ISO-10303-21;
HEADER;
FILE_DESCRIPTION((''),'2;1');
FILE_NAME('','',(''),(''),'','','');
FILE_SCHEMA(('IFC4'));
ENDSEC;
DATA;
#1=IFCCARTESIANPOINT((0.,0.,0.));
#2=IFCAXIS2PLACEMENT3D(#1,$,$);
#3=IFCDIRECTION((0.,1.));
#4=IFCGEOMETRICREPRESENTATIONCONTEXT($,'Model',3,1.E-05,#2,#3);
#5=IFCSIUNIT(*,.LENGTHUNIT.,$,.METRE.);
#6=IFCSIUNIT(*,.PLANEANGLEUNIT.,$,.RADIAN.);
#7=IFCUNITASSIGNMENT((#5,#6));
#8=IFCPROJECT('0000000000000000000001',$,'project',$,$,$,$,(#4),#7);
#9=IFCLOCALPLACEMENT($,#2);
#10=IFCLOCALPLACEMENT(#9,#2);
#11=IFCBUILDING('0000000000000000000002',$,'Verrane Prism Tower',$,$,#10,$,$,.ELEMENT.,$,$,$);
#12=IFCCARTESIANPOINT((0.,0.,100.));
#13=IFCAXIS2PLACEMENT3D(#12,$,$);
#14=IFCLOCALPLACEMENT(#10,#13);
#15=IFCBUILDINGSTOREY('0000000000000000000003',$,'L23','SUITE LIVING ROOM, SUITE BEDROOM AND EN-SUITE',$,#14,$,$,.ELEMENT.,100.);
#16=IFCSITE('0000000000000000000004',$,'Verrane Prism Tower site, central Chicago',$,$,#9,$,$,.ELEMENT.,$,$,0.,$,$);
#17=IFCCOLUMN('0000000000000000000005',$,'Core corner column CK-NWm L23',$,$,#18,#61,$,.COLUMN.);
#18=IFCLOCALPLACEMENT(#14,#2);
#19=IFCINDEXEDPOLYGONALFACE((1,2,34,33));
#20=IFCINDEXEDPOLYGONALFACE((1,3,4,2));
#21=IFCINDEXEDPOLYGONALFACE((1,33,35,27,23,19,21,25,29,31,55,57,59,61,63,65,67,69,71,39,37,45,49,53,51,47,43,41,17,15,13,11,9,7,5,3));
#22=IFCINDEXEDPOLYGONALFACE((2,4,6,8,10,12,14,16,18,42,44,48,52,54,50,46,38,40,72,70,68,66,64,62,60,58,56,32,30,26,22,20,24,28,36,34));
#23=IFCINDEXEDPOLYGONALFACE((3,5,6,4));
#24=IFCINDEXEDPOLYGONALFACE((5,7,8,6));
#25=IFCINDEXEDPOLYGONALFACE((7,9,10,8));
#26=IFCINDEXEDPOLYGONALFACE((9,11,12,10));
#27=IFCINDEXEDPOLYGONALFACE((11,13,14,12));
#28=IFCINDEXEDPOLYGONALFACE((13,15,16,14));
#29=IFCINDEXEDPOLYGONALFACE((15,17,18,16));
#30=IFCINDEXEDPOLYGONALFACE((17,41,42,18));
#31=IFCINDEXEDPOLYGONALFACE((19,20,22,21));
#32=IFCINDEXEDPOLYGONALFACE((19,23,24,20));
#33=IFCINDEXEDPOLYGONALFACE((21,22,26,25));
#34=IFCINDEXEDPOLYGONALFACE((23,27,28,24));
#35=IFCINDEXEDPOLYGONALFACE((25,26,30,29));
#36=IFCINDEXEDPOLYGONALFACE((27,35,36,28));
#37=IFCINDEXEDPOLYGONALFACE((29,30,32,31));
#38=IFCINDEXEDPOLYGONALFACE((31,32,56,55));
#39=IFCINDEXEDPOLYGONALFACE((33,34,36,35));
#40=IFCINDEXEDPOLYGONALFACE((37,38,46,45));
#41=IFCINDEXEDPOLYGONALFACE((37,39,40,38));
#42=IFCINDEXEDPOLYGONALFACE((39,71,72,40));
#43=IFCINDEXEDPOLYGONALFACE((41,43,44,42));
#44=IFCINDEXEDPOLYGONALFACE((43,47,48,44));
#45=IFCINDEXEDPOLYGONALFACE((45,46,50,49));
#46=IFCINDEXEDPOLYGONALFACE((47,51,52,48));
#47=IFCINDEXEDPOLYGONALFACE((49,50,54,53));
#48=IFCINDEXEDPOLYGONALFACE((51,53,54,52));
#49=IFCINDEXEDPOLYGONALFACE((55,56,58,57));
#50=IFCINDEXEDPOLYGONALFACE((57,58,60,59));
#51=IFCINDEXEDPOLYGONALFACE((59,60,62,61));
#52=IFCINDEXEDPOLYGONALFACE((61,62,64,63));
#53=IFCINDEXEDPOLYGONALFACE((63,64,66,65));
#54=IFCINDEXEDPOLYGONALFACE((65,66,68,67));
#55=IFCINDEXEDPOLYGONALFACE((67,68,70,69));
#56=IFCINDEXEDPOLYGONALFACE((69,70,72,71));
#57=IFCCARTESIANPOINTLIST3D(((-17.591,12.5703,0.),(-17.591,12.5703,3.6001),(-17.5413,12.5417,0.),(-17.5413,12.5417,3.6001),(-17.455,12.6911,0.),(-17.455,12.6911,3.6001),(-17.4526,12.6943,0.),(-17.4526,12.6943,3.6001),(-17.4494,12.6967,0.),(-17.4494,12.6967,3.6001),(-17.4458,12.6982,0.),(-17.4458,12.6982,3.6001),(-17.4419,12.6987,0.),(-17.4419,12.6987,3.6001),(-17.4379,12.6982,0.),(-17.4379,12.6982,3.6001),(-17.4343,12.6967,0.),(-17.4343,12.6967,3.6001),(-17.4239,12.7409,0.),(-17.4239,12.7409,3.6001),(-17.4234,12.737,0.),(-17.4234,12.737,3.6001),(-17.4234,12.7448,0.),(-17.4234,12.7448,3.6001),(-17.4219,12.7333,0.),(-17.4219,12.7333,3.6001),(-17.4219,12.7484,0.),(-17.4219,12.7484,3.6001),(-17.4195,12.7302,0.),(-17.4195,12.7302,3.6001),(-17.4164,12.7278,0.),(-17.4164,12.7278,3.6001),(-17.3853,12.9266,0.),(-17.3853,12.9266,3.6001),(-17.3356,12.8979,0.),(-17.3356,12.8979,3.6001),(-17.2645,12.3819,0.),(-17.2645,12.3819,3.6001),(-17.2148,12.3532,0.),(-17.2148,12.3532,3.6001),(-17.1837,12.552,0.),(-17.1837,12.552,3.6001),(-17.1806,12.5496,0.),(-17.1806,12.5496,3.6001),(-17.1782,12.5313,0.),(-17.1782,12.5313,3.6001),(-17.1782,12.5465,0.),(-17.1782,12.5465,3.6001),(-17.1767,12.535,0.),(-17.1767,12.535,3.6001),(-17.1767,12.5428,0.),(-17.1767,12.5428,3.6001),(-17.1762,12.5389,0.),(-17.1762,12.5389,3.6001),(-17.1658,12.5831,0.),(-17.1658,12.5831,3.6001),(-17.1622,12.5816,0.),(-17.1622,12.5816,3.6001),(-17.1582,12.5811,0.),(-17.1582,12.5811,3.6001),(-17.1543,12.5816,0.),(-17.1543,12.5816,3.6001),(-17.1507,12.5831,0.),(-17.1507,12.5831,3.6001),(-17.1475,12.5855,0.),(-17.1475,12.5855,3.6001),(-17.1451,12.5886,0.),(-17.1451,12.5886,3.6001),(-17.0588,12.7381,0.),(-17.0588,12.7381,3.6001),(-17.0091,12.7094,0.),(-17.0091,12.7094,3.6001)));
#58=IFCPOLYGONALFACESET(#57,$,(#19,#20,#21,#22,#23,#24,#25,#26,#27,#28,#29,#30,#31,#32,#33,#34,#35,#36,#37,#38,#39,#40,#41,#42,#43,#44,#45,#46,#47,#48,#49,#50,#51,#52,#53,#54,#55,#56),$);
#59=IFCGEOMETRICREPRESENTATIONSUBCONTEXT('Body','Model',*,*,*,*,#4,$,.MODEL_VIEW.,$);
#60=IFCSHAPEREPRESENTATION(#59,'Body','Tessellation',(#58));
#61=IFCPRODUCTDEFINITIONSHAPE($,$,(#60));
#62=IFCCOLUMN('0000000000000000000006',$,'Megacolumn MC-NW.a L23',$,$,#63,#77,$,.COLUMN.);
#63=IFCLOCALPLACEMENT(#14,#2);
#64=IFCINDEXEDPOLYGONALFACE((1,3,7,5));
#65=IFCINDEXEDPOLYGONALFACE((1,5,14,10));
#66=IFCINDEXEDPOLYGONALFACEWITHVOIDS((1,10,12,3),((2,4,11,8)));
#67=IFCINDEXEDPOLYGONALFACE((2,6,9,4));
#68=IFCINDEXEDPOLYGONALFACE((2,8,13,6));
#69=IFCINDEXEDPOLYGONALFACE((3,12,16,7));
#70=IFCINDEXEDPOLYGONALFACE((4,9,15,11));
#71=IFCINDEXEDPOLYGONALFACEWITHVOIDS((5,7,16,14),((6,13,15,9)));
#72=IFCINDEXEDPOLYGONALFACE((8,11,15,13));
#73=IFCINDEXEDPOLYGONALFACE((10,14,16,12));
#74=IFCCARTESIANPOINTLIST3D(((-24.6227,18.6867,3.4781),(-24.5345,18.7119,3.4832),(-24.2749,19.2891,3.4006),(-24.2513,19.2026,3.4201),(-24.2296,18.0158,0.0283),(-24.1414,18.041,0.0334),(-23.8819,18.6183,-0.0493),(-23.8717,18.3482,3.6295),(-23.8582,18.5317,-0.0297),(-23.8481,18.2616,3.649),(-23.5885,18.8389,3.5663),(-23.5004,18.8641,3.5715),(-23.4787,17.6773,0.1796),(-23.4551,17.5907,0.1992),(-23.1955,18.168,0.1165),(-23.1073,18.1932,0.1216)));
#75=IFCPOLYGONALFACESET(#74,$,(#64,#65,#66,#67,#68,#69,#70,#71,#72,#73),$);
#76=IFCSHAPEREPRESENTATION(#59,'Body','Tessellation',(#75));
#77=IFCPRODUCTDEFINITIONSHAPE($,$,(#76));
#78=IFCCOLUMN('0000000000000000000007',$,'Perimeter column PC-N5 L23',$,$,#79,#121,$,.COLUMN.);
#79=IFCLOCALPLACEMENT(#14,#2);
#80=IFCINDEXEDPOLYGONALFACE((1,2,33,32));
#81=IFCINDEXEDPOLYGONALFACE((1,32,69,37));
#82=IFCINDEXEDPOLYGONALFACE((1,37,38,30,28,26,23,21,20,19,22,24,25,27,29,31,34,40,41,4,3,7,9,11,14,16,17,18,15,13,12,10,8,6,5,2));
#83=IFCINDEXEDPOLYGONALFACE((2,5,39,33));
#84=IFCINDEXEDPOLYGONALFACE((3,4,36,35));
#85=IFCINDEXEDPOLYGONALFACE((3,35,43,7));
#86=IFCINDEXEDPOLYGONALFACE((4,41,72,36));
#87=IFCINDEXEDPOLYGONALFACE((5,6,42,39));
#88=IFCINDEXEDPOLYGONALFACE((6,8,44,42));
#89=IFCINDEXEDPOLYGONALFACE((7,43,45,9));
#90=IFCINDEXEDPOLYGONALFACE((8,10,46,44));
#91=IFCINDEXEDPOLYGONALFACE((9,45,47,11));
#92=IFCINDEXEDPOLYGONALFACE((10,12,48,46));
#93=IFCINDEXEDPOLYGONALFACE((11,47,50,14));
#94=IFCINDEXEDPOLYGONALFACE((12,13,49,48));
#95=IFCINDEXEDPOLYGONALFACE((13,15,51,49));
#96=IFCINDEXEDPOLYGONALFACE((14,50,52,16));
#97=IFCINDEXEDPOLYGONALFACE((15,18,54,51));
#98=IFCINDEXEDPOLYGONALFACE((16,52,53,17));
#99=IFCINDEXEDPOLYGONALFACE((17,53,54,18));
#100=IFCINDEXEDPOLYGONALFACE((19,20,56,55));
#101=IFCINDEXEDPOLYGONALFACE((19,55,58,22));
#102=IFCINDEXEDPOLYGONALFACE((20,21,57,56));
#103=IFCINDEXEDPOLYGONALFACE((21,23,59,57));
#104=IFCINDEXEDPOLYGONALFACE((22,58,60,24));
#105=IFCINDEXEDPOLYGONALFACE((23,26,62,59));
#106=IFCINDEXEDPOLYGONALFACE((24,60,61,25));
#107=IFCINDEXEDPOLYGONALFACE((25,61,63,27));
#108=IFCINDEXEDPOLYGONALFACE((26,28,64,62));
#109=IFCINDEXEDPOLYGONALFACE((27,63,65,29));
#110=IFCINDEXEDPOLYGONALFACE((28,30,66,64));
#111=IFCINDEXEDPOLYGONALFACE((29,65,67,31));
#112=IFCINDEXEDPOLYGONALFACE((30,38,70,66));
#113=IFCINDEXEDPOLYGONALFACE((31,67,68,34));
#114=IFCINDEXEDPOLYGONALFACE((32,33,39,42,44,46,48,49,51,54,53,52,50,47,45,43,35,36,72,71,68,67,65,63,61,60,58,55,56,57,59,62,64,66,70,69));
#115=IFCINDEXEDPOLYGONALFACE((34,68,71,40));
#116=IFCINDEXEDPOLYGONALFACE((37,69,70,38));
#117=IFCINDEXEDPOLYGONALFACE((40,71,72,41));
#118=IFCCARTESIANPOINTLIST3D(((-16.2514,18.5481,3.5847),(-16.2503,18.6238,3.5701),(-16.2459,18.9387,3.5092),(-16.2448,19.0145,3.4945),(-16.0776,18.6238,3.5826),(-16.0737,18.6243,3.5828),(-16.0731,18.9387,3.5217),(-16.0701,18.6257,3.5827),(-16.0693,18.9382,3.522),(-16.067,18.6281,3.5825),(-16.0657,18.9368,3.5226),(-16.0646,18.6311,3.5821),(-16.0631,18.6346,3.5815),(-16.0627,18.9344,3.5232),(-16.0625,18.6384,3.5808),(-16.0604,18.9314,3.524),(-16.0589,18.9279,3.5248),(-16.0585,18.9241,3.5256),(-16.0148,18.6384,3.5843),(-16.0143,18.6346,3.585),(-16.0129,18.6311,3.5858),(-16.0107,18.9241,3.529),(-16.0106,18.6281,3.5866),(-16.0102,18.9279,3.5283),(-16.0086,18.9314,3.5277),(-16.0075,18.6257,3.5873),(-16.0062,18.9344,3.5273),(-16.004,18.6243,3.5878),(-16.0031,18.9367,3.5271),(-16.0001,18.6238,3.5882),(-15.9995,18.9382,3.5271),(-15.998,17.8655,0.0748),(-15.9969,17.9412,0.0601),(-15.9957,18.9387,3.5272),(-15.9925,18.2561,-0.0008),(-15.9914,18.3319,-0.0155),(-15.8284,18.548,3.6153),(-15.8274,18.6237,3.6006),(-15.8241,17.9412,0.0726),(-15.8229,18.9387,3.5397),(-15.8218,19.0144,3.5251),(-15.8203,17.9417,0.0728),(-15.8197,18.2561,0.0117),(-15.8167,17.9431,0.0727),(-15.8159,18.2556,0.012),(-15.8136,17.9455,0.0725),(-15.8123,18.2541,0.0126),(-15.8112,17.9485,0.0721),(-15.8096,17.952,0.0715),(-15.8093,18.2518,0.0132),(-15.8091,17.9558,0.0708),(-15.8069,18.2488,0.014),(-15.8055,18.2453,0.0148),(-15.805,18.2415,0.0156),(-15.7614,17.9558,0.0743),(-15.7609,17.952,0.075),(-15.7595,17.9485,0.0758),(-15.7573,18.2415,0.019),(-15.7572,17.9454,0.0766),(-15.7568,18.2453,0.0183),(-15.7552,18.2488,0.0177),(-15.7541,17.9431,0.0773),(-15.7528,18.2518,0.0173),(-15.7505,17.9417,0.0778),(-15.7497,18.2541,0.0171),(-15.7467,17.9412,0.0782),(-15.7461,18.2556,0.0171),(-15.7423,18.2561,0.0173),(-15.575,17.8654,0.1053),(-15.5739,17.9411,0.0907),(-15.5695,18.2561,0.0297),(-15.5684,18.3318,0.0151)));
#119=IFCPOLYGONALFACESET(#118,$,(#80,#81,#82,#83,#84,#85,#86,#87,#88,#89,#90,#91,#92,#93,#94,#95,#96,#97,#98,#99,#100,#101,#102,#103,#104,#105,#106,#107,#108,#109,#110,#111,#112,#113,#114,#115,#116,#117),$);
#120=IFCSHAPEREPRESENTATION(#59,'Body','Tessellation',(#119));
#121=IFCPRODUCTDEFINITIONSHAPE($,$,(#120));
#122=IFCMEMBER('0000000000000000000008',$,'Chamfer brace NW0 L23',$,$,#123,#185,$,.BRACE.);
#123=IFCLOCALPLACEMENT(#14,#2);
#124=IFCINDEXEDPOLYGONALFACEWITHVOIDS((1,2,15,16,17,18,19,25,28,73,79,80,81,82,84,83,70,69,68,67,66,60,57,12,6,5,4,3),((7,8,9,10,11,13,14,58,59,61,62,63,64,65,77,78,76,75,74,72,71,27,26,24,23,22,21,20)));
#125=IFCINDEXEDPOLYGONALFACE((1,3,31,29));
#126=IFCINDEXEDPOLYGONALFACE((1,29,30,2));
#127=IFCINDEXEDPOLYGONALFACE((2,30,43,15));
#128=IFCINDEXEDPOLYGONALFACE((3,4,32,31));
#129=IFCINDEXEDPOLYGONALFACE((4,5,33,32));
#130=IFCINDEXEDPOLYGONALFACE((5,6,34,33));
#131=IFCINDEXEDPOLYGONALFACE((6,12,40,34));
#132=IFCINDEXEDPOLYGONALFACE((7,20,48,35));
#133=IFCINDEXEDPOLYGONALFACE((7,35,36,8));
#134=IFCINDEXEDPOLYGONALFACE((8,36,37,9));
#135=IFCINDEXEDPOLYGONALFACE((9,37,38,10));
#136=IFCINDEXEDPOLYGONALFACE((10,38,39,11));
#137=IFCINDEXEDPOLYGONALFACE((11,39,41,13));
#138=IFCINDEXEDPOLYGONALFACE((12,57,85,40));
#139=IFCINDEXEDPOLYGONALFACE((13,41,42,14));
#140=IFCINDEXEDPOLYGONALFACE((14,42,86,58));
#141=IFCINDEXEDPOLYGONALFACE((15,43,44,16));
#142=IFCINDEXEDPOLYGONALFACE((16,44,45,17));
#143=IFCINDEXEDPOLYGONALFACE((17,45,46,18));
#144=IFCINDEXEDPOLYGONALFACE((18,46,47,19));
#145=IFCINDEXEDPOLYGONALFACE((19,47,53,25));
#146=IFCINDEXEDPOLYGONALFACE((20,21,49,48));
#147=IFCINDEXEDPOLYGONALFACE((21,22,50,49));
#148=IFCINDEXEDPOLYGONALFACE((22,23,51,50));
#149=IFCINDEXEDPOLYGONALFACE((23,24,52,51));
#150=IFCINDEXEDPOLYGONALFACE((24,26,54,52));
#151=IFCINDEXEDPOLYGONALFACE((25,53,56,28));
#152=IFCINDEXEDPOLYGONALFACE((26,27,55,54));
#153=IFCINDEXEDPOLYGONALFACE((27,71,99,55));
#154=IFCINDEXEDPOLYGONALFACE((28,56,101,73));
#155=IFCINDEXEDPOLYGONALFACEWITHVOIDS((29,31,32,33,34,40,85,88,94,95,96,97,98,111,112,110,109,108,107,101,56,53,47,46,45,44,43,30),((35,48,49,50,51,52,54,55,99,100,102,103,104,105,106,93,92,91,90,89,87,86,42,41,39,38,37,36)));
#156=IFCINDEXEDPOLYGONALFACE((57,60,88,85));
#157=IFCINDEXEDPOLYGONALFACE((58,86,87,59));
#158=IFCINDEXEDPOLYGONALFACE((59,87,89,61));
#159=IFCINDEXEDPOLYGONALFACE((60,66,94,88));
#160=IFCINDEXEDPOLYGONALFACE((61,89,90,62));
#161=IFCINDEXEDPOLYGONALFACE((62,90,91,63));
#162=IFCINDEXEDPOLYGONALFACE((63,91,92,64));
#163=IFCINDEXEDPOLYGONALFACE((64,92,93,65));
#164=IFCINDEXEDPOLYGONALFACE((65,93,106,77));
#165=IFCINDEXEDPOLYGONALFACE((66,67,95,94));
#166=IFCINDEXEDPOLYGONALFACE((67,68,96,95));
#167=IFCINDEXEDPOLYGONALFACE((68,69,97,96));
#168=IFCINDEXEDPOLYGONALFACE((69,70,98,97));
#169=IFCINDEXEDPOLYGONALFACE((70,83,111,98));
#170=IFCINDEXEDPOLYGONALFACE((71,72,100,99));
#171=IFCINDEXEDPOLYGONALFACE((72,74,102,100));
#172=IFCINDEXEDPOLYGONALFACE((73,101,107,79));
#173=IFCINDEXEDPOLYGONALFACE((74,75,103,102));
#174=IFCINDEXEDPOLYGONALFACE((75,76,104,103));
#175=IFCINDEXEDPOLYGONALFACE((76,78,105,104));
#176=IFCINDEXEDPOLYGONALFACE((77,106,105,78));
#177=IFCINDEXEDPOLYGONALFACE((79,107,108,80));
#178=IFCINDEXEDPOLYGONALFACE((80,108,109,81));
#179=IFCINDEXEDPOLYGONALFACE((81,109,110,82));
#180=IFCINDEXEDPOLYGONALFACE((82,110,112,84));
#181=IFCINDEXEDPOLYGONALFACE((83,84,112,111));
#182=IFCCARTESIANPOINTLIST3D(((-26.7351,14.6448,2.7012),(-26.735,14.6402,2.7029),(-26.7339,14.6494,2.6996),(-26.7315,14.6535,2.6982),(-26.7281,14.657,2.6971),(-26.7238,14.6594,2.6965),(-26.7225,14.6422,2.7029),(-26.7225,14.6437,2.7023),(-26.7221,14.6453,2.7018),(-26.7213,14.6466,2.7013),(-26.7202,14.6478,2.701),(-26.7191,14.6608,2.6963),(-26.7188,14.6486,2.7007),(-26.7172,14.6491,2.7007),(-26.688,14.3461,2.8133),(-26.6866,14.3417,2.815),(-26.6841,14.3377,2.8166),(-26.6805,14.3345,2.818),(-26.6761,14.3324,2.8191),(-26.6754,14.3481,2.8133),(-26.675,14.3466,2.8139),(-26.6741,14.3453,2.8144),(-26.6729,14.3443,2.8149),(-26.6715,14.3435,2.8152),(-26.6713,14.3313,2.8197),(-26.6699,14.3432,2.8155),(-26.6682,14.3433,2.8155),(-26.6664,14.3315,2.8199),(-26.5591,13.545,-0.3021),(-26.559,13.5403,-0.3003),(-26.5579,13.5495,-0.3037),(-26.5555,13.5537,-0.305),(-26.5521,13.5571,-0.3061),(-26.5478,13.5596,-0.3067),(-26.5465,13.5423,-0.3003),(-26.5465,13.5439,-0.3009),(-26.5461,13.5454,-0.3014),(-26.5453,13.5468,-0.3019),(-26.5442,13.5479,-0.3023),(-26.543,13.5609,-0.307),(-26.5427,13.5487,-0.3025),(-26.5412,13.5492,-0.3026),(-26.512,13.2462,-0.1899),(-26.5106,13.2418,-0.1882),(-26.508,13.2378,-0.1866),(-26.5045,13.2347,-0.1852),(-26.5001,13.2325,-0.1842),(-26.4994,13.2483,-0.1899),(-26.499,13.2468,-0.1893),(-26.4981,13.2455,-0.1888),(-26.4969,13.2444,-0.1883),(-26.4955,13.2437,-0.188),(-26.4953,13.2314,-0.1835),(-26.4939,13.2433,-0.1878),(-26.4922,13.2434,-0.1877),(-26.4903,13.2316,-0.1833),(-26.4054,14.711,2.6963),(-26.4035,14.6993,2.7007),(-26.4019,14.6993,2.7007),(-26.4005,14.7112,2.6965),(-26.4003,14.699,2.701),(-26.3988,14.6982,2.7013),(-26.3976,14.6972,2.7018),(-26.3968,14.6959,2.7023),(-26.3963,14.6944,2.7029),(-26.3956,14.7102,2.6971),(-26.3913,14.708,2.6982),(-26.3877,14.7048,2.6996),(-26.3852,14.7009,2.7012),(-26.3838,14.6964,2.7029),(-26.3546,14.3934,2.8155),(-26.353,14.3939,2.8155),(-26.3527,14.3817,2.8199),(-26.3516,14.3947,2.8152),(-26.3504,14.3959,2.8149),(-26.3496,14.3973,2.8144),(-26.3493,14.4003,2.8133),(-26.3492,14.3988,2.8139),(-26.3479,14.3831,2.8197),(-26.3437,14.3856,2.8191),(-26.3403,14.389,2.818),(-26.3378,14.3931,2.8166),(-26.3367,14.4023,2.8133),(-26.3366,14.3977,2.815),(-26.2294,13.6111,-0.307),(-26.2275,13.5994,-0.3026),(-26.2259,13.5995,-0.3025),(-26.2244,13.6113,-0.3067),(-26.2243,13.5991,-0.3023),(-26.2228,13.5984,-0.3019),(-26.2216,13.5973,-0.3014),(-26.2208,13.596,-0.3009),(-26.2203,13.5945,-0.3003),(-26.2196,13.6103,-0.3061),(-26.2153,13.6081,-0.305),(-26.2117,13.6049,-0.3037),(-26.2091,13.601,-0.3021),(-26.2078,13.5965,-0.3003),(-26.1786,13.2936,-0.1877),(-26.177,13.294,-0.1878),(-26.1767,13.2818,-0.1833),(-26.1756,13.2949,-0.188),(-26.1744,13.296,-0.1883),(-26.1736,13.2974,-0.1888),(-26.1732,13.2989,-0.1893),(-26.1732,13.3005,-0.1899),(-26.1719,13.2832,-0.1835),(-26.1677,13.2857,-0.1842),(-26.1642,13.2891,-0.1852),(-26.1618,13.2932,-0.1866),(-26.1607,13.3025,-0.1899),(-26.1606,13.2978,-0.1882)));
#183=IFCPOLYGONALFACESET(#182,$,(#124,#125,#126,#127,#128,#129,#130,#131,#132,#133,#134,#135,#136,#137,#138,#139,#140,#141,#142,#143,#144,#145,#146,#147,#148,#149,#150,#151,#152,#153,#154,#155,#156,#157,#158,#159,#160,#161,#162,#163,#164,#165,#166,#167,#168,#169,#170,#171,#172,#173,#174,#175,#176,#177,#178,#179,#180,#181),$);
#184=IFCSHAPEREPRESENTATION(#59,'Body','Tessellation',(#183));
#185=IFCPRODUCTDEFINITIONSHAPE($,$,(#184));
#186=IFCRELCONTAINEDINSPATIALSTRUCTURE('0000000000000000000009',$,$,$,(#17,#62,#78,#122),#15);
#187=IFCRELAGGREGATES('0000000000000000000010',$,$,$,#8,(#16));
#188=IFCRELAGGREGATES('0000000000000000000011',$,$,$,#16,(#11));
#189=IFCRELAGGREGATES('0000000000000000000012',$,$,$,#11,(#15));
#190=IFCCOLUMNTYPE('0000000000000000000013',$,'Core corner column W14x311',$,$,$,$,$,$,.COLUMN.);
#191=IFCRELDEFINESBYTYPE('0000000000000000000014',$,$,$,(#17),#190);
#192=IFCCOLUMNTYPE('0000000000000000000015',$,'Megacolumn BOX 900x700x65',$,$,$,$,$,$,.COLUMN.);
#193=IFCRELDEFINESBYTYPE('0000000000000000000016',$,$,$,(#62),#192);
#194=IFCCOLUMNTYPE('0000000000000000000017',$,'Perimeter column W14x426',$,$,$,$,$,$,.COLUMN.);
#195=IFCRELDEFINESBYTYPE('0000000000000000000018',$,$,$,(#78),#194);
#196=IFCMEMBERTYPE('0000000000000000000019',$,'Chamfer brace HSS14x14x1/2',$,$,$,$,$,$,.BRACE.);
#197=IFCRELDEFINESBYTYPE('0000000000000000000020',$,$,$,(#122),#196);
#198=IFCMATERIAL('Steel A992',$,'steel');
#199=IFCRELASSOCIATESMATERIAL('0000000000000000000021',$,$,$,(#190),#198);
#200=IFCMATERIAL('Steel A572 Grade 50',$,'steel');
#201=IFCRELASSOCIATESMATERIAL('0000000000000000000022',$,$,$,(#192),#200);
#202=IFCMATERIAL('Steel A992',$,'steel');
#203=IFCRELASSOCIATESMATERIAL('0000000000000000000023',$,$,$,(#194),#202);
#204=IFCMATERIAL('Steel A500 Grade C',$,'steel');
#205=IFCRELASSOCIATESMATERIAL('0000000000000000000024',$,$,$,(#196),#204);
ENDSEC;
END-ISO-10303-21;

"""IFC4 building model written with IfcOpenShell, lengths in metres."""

from ifc_helpers import new_model, si_unit, direction, frame, origin, origin_2d, place, context, subcontext, project, spatial, hollow_rectangle, i_section, extrude, material, material_profile, profile_set, type_object, element, save


model = new_model("IFC4")

# Units and contexts
model_context = context("Model", 3, precision=1e-05, world=origin(), true_north=direction((0.0, 1.0)))
body_context = subcontext(model_context, "Body", "Model", "MODEL_VIEW")
ifc_project = project(units=[si_unit("LENGTHUNIT", "METRE"), si_unit("PLANEANGLEUNIT", "RADIAN")], contexts=[model_context])

# Site, building, storey
site_placement = place(None, origin())
site = spatial("IfcSite", under=ifc_project, at=site_placement, Name="Verrane Prism Tower site, central Chicago", CompositionType="ELEMENT", RefElevation=0.0)
building_placement = place(site_placement, origin())
building = spatial("IfcBuilding", under=site, at=building_placement, Name="Verrane Prism Tower", CompositionType="ELEMENT")
storey_placement = place(building_placement, frame((0.0, 0.0, 100.0)))
storey = spatial("IfcBuildingStorey", under=building, at=storey_placement, Name="L23", Description="SUITE LIVING ROOM, SUITE BEDROOM AND EN-SUITE", CompositionType="ELEMENT", Elevation=100.0)

# Columns
ifc_material_1 = material(Name="Steel A992", Category="steel")
ifc_material_profile_1 = material_profile(ifc_material_1, i_section(OverallWidth=0.4114, OverallDepth=0.4343, WebThickness=0.0359, FlangeThickness=0.0574, FilletRadius=0.0151, at=origin_2d()), Name="W14x311")
ifc_profile_set_1 = profile_set([ifc_material_profile_1], Name="Steel A992")
column_type_1 = type_object("IfcColumnType", Name="Core corner column W14x311", PredefinedType="COLUMN", material=ifc_profile_set_1)
column_1_placement = place(storey_placement, frame((-17.3, 12.6399, 0.0), z_axis=(0.0, 0.0, 1.0), x_axis=(0.5, 0.866025, 0.0)))
element("IfcColumn", 1, at=column_1_placement, inside=storey, type_object=column_type_1, Name="Core corner column CK-NWm L23", PredefinedType="COLUMN", context=body_context, shape_type="SweptSolid", body=[
    extrude(i_section(OverallWidth=0.4114, OverallDepth=0.4343, WebThickness=0.0359, FlangeThickness=0.0574, FilletRadius=0.0151, at=origin_2d()), origin(), (0.0, 0.0, 1.0), 3.6001),
])
ifc_material_2 = material(Name="Steel A572 Grade 50", Category="steel")
ifc_material_profile_2 = material_profile(ifc_material_2, hollow_rectangle(XDim=0.7, YDim=0.8999, WallThickness=0.0649, at=origin_2d()), Name="BOX 900x700x65")
ifc_profile_set_2 = profile_set([ifc_material_profile_2], Name="Steel A572 Grade 50")
column_type_2 = type_object("IfcColumnType", Name="Megacolumn BOX 900x700x65", PredefinedType="COLUMN", material=ifc_profile_set_2)
column_2_placement = place(storey_placement, frame((-23.6685, 18.1045, 0.075), z_axis=(-0.111146, 0.189707, 0.975529), x_axis=(0.496819, 0.860755, -0.110783)))
element("IfcColumn", 2, at=column_2_placement, inside=storey, type_object=column_type_2, Name="Megacolumn MC-NW.a L23", PredefinedType="COLUMN", context=body_context, shape_type="SweptSolid", body=[
    extrude(hollow_rectangle(XDim=0.7, YDim=0.8999, WallThickness=0.0649, at=origin_2d()), origin(), (0.0, 0.0, 1.0), 3.5364),
])
ifc_material_3 = material(Name="Steel A992", Category="steel")
ifc_material_profile_3 = material_profile(ifc_material_3, i_section(OverallWidth=0.4241, OverallDepth=0.4751, WebThickness=0.0479, FlangeThickness=0.0771, FilletRadius=0.0149, at=origin_2d()), Name="W14x426")
ifc_profile_set_3 = profile_set([ifc_material_profile_3], Name="Steel A992")
column_type_3 = type_object("IfcColumnType", Name="Perimeter column W14x426", PredefinedType="COLUMN", material=ifc_profile_set_3)
column_3_placement = place(storey_placement, frame((-15.7832, 18.0986, 0.0449), z_axis=(-0.070694, 0.190423, 0.979153), x_axis=(0.997402, -0.00016, 0.072042)))
element("IfcColumn", 3, at=column_3_placement, inside=storey, type_object=column_type_3, Name="Perimeter column PC-N5 L23", PredefinedType="COLUMN", context=body_context, shape_type="SweptSolid", body=[
    extrude(i_section(OverallWidth=0.4241, OverallDepth=0.4751, WebThickness=0.0479, FlangeThickness=0.0771, FilletRadius=0.0149, at=origin_2d()), origin(), (0.0, 0.0, 1.0), 3.5847),
])

# Member
ifc_material_4 = material(Name="Steel A500 Grade C", Category="steel")
ifc_material_profile_4 = material_profile(ifc_material_4, hollow_rectangle(XDim=0.3557, YDim=0.3557, WallThickness=0.0127, InnerFilletRadius=0.0063, OuterFilletRadius=0.019, at=origin_2d()), Name="HSS14x14x1/2")
ifc_profile_set_4 = profile_set([ifc_material_profile_4], Name="Steel A500 Grade C")
member_type_1 = type_object("IfcMemberType", Name="Chamfer brace HSS14x14x1/2", PredefinedType="BRACE", material=ifc_profile_set_4)
member_1_placement = place(storey_placement, frame((-26.3599, 13.4214, -0.2451), z_axis=(-0.054955, 0.343374, 0.93759), x_axis=(-0.987434, -0.158033, 0.0)))
element("IfcMember", 4, at=member_1_placement, inside=storey, type_object=member_type_1, Name="Chamfer brace NW0 L23", PredefinedType="BRACE", context=body_context, shape_type="SweptSolid", body=[
    extrude(hollow_rectangle(XDim=0.3557, YDim=0.3557, WallThickness=0.0127, InnerFilletRadius=0.0063, OuterFilletRadius=0.019, at=origin_2d()), origin(), (0.0, 0.0, 1.0), 3.2031),
])

save(model, "model.ifc")
